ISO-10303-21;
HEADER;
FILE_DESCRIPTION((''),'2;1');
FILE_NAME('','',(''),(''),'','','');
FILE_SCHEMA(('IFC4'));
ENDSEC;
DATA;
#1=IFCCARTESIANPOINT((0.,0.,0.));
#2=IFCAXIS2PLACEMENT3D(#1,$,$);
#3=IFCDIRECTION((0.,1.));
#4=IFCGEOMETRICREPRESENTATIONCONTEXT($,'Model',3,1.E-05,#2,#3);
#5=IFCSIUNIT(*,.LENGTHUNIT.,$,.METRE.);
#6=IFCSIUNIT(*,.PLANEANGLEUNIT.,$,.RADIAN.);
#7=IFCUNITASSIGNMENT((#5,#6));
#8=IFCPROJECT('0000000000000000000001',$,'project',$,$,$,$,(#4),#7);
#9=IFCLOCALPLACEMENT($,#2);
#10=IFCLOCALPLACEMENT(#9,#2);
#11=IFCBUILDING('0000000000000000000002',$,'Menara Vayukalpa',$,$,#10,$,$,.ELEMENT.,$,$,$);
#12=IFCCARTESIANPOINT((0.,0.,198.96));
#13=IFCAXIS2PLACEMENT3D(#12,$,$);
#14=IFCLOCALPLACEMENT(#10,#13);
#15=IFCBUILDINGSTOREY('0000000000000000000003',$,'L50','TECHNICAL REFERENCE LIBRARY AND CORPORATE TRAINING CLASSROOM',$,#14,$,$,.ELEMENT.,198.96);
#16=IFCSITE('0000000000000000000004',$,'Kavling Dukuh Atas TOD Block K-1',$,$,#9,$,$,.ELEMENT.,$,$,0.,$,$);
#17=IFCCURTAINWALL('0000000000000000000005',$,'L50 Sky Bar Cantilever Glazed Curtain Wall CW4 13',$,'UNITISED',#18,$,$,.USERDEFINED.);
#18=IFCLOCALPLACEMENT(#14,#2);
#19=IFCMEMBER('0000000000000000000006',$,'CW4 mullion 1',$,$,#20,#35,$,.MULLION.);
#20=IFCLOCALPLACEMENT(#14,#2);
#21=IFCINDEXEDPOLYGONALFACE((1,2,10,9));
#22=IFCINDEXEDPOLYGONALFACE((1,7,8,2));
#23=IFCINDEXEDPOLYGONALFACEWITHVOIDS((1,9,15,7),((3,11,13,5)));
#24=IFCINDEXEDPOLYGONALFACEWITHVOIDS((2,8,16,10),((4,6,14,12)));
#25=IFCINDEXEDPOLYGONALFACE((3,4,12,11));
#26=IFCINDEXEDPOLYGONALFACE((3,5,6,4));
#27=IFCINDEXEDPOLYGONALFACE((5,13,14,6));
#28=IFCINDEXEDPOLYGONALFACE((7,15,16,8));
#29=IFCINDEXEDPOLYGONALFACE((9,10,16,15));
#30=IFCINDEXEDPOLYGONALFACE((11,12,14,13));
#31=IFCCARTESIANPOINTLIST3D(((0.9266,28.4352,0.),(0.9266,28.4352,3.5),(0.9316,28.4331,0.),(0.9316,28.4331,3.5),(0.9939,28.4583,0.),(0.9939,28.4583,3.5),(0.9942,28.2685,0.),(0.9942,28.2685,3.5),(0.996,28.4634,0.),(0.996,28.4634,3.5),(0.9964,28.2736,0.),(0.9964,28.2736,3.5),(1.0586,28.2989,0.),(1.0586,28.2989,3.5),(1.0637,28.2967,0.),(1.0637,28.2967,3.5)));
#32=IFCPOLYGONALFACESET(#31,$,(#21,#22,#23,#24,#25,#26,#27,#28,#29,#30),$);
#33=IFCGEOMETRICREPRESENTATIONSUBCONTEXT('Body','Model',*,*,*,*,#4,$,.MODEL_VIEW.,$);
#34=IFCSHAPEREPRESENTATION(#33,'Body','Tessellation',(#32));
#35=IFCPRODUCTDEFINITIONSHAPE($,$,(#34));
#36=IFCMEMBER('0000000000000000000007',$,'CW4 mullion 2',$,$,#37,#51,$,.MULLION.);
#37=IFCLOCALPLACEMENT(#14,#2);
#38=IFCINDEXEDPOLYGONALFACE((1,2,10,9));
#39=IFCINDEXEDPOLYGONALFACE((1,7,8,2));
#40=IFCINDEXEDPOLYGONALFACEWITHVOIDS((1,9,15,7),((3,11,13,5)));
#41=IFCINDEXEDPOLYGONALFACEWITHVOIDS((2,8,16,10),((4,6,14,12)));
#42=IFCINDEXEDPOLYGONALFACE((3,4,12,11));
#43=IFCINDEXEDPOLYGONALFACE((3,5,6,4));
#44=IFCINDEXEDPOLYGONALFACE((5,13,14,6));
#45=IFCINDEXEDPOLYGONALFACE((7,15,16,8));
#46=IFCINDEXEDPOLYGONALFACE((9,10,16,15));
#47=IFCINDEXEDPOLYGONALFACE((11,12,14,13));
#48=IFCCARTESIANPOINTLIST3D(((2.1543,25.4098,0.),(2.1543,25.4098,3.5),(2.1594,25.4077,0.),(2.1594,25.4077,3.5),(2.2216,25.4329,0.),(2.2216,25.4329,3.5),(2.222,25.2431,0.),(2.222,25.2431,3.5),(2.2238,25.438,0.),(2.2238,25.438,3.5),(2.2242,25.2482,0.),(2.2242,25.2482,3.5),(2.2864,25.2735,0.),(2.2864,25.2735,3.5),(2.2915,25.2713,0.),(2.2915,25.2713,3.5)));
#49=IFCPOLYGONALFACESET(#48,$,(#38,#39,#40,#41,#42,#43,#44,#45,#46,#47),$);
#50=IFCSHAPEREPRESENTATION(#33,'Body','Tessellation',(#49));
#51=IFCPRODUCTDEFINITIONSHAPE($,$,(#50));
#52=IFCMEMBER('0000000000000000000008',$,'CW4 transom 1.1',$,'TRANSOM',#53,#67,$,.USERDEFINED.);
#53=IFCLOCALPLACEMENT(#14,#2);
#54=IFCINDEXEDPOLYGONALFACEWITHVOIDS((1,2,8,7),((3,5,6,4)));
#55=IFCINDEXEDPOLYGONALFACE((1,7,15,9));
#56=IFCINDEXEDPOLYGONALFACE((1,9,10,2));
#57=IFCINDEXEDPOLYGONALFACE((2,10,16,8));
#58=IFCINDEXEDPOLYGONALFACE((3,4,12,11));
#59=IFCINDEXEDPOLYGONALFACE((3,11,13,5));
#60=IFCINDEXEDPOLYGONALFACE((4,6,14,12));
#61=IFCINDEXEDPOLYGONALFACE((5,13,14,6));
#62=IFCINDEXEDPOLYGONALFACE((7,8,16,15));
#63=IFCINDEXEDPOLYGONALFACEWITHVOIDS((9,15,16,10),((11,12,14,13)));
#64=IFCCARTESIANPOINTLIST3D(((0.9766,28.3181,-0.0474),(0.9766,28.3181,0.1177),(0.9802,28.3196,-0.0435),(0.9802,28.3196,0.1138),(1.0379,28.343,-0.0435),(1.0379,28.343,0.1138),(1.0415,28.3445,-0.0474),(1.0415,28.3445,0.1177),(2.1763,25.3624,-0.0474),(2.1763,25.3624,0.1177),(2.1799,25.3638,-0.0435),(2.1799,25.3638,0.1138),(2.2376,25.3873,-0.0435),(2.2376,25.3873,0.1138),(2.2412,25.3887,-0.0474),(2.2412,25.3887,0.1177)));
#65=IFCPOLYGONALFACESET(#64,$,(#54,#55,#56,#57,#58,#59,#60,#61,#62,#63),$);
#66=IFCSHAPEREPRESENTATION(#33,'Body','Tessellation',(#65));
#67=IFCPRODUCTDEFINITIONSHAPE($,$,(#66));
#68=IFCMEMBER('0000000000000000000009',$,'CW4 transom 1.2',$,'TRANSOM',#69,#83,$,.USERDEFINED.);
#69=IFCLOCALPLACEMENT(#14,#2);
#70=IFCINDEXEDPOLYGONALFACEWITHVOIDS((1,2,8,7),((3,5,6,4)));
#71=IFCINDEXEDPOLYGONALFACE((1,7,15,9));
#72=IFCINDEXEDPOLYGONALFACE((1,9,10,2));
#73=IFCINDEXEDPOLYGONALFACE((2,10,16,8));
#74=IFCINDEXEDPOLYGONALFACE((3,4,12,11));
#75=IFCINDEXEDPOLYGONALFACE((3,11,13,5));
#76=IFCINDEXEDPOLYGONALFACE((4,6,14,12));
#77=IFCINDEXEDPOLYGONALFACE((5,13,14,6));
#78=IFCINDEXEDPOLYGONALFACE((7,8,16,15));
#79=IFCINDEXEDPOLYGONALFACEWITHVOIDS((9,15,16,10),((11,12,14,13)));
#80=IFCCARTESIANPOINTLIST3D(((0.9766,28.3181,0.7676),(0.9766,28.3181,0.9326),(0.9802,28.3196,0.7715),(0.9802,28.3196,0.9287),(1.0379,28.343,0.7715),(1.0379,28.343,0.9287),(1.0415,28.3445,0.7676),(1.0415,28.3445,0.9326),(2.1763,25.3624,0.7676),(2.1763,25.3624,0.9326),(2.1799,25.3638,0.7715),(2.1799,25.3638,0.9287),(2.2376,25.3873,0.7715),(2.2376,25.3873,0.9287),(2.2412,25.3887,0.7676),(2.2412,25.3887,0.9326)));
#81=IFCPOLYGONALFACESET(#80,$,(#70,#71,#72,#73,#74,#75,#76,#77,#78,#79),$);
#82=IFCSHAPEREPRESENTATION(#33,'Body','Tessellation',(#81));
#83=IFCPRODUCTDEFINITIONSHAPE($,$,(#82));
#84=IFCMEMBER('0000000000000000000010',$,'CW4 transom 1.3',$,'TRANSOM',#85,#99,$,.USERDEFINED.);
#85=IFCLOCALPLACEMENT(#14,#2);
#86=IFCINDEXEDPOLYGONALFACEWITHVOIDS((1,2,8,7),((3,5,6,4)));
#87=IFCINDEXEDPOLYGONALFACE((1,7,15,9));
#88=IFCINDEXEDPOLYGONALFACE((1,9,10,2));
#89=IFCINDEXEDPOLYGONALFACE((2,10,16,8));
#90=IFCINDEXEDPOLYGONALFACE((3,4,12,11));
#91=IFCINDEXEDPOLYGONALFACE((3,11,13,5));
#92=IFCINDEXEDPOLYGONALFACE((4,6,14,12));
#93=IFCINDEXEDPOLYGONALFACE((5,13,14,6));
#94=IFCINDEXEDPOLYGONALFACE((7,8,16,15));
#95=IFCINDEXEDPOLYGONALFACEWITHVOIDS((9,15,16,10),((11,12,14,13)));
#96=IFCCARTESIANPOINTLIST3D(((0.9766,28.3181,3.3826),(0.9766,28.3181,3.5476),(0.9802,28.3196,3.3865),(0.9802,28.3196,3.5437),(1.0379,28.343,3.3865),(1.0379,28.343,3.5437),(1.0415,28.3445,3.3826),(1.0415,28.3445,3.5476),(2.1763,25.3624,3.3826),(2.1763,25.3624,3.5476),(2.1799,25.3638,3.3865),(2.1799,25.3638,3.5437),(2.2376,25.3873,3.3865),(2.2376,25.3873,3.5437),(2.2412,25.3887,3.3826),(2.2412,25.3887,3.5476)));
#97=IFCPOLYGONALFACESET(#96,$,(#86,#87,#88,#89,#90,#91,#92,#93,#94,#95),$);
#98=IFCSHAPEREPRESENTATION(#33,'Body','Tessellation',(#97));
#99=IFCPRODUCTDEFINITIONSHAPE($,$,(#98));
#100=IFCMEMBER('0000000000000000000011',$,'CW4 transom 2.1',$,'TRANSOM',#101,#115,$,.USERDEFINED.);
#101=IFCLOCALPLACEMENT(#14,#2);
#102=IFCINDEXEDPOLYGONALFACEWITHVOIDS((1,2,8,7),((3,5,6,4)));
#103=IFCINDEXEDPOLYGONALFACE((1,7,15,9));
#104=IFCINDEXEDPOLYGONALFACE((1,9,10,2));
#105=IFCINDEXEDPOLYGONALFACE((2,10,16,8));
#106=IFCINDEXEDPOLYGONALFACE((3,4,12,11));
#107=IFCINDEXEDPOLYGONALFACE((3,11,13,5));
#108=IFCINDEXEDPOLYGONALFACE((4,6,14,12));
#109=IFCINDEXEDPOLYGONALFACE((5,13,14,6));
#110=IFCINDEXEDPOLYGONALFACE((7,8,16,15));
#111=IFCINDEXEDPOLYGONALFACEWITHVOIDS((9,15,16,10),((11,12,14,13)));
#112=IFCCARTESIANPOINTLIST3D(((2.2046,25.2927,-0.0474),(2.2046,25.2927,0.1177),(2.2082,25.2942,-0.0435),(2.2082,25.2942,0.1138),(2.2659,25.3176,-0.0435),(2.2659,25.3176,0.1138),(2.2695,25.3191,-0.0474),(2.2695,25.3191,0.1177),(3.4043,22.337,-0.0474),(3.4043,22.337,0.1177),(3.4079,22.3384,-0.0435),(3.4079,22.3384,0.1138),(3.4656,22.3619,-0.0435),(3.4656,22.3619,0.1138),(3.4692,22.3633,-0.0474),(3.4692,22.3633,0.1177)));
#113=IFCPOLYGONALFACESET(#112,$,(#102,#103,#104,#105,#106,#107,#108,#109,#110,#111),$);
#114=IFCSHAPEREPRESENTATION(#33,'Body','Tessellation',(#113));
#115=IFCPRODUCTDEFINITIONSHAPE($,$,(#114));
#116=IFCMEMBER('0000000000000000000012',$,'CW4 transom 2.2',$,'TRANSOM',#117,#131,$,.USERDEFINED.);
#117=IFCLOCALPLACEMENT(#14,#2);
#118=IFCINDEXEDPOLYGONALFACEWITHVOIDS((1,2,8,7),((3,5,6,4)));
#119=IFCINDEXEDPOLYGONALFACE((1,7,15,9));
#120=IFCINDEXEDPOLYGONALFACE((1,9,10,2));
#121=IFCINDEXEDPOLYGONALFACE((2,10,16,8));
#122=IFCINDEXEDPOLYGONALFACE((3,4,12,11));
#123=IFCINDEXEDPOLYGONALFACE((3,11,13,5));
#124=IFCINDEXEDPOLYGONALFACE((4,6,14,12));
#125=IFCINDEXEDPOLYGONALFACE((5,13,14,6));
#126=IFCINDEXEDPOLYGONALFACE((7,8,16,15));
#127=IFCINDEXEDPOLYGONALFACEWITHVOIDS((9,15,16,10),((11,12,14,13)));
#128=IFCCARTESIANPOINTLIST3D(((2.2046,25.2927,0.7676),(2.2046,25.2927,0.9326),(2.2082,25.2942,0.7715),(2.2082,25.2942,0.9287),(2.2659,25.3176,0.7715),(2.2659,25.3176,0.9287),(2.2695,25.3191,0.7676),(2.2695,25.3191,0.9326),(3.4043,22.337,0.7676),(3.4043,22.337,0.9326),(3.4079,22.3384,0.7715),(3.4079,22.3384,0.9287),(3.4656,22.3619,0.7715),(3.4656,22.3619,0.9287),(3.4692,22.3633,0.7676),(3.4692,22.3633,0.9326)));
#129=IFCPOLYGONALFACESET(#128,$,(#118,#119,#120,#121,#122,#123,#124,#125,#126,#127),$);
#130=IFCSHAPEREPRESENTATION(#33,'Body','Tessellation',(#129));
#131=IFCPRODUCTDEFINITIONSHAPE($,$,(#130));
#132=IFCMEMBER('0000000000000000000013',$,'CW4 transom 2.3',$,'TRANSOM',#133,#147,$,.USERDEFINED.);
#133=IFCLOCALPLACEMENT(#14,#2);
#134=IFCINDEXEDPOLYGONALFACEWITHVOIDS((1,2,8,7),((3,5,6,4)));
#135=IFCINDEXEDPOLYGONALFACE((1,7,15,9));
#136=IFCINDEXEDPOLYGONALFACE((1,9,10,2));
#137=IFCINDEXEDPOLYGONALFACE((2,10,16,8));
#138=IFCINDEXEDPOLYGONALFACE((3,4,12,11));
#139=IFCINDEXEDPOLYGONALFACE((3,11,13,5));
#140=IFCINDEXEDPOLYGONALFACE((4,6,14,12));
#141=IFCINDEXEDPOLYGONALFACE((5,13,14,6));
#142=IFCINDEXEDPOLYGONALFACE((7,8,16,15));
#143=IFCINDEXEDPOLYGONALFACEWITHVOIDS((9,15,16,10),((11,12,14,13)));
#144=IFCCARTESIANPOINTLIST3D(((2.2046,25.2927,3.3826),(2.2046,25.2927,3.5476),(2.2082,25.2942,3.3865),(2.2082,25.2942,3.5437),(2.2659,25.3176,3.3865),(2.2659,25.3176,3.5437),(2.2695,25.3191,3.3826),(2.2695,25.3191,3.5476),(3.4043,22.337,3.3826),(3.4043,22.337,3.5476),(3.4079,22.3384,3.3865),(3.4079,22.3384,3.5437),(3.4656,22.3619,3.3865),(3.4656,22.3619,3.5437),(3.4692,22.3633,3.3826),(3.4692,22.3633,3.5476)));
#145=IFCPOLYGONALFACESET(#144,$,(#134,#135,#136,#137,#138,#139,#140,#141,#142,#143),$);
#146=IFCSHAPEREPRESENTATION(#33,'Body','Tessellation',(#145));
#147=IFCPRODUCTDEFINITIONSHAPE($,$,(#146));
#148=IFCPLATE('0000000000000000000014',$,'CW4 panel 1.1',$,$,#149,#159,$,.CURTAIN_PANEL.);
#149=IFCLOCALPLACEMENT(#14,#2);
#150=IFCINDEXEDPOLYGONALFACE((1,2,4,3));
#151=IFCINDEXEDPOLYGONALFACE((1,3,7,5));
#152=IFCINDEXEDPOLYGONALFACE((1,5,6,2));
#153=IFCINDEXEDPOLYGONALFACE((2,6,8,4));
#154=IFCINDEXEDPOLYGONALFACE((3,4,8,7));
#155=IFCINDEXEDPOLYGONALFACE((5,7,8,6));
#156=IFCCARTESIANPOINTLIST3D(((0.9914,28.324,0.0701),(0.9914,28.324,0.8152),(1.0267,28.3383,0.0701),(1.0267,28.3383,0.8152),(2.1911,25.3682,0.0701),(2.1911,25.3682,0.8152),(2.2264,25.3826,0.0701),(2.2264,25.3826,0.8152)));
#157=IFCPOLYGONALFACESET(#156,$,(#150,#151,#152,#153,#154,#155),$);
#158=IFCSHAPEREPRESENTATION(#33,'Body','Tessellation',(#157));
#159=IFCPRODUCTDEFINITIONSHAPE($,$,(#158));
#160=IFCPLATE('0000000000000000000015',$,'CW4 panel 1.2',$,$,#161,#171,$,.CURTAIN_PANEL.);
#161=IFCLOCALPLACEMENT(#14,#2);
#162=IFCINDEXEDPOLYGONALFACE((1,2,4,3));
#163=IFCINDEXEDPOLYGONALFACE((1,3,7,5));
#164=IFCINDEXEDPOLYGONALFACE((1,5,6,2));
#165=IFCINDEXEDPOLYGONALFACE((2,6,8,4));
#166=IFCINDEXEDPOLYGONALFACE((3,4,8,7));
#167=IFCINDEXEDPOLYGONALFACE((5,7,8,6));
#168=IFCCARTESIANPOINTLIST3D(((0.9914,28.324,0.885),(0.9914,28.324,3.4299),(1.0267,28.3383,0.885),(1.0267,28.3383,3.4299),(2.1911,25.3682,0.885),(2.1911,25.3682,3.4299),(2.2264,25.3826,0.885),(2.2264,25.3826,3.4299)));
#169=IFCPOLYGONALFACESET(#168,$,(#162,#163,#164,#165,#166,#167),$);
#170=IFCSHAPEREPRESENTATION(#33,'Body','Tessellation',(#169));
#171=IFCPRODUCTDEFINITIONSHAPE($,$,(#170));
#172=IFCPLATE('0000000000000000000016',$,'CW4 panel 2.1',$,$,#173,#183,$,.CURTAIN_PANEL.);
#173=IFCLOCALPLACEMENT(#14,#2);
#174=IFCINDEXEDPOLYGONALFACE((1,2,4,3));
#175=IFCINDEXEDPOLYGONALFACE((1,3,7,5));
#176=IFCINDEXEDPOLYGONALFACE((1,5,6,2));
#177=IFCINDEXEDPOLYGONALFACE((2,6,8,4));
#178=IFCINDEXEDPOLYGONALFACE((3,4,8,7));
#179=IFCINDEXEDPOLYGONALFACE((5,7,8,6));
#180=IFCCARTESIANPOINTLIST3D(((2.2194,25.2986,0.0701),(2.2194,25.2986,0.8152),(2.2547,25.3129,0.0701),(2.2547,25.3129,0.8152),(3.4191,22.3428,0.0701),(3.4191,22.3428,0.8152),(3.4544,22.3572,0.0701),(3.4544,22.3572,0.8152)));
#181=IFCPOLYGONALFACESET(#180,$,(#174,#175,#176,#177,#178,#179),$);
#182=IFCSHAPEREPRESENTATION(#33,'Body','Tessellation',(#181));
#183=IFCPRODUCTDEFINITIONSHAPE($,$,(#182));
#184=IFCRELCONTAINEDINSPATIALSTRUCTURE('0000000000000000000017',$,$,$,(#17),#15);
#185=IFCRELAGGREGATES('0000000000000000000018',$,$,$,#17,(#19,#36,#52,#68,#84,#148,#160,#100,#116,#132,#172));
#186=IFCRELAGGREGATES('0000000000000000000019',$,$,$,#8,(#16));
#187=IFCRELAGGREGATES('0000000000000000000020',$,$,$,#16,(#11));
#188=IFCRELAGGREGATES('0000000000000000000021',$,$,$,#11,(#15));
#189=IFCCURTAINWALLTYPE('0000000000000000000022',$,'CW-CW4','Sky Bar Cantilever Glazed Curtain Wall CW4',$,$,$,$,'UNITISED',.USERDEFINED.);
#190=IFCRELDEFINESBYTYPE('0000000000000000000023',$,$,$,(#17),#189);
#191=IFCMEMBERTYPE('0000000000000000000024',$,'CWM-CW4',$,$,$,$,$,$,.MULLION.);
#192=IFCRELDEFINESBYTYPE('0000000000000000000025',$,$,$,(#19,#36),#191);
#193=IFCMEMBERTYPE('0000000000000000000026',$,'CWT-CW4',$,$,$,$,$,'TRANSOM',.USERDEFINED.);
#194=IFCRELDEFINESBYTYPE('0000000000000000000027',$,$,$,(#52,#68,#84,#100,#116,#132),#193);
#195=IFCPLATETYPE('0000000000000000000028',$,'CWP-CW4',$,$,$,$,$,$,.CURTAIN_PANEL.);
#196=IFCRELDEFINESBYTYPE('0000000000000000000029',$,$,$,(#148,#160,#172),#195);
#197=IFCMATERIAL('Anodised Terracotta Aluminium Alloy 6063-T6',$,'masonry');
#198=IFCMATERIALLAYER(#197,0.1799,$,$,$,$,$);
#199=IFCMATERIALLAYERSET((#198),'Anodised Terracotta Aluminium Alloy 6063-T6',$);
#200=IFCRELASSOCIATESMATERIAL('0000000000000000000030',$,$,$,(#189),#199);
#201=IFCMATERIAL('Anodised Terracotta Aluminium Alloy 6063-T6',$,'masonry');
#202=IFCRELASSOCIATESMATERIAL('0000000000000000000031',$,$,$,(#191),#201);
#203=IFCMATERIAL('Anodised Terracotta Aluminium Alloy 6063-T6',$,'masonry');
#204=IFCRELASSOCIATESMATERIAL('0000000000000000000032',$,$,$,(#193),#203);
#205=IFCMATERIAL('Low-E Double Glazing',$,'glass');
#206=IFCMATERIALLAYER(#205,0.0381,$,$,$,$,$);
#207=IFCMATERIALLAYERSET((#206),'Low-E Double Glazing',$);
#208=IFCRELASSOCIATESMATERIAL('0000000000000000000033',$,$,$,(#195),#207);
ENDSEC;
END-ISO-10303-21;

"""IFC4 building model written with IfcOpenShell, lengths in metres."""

from ifc_helpers import new_model, si_unit, direction, frame, origin, origin_2d, place, context, subcontext, project, spatial, rectangle, hollow_rectangle, extrude, material, layer, layer_set, material_profile, profile_set, type_object, element, aggregate, save


model = new_model("IFC4")

# Units and contexts
model_context = context("Model", 3, precision=1e-05, world=origin(), true_north=direction((0.0, 1.0)))
body_context = subcontext(model_context, "Body", "Model", "MODEL_VIEW")
ifc_project = project(units=[si_unit("LENGTHUNIT", "METRE"), si_unit("PLANEANGLEUNIT", "RADIAN")], contexts=[model_context])

# Site, building, storey
site_placement = place(None, origin())
site = spatial("IfcSite", under=ifc_project, at=site_placement, Name="Kavling Dukuh Atas TOD Block K-1", CompositionType="ELEMENT", RefElevation=0.0)
building_placement = place(site_placement, origin())
building = spatial("IfcBuilding", under=site, at=building_placement, Name="Menara Vayukalpa", CompositionType="ELEMENT")
storey_placement = place(building_placement, frame((0.0, 0.0, 198.96)))
storey = spatial("IfcBuildingStorey", under=building, at=storey_placement, Name="L50", Description="TECHNICAL REFERENCE LIBRARY AND CORPORATE TRAINING CLASSROOM", CompositionType="ELEMENT", Elevation=198.96)

# Curtain wall, members, plates
ifc_material_1 = material(Name="Anodised Terracotta Aluminium Alloy 6063-T6", Category="masonry")
ifc_layer_1 = layer(ifc_material_1, 0.1799)
ifc_layer_set_1 = layer_set([ifc_layer_1], Name="Anodised Terracotta Aluminium Alloy 6063-T6")
curtain_wall_type = type_object("IfcCurtainWallType", Name="CW-CW4", Description="Sky Bar Cantilever Glazed Curtain Wall CW4", ElementType="UNITISED", PredefinedType="USERDEFINED", material=ifc_layer_set_1)
curtain_wall_placement = place(storey_placement, origin())
curtain_wall = element("IfcCurtainWall", 1, at=curtain_wall_placement, inside=storey, type_object=curtain_wall_type, Name="L50 Sky Bar Cantilever Glazed Curtain Wall CW4 13", ObjectType="UNITISED", PredefinedType="USERDEFINED")
ifc_material_2 = material(Name="Anodised Terracotta Aluminium Alloy 6063-T6", Category="masonry")
ifc_material_profile_1 = material_profile(ifc_material_2, hollow_rectangle(XDim=0.075, YDim=0.1799, WallThickness=0.0039, at=origin_2d()), Name="ALU 75x180x4")
ifc_profile_set_1 = profile_set([ifc_material_profile_1], Name="Anodised Terracotta Aluminium Alloy 6063-T6")
member_type_1 = type_object("IfcMemberType", Name="CWM-CW4", PredefinedType="MULLION", material=ifc_profile_set_1)
member_1_placement = place(storey_placement, frame((0.9951, 28.366, 0.0), z_axis=(0.0, 0.0, 1.0), x_axis=(0.926582, 0.376092, 0.0)))
member_1 = element("IfcMember", 2, at=member_1_placement, type_object=member_type_1, Name="CW4 mullion 1", PredefinedType="MULLION", context=body_context, shape_type="SweptSolid", body=[
    extrude(hollow_rectangle(XDim=0.075, YDim=0.1799, WallThickness=0.0039, at=origin_2d()), origin(), (0.0, 0.0, 1.0), 3.5),
])
member_2_placement = place(storey_placement, frame((2.2229, 25.3406, 0.0), z_axis=(0.0, 0.0, 1.0), x_axis=(0.926582, 0.376092, 0.0)))
member_2 = element("IfcMember", 3, at=member_2_placement, type_object=member_type_1, Name="CW4 mullion 2", PredefinedType="MULLION", context=body_context, shape_type="SweptSolid", body=[
    extrude(hollow_rectangle(XDim=0.075, YDim=0.1799, WallThickness=0.0039, at=origin_2d()), origin(), (0.0, 0.0, 1.0), 3.5),
])
ifc_material_3 = material(Name="Anodised Terracotta Aluminium Alloy 6063-T6", Category="masonry")
ifc_material_profile_2 = material_profile(ifc_material_3, hollow_rectangle(XDim=0.0701, YDim=0.165, WallThickness=0.0039, at=origin_2d()), Name="ALU 70x165x4")
ifc_profile_set_2 = profile_set([ifc_material_profile_2], Name="Anodised Terracotta Aluminium Alloy 6063-T6")
member_type_2 = type_object("IfcMemberType", Name="CWT-CW4", ElementType="TRANSOM", PredefinedType="USERDEFINED", material=ifc_profile_set_2)
member_3_placement = place(storey_placement, frame((1.009, 28.3313, 0.0352), z_axis=(0.376083, -0.926586, 0.0), x_axis=(0.926586, 0.376083, 0.0)))
member_3 = element("IfcMember", 4, at=member_3_placement, type_object=member_type_2, Name="CW4 transom 1.1", ObjectType="TRANSOM", PredefinedType="USERDEFINED", context=body_context, shape_type="SweptSolid", body=[
    extrude(hollow_rectangle(XDim=0.0701, YDim=0.165, WallThickness=0.0039, at=origin_2d()), origin(), (0.0, 0.0, 1.0), 3.1899),
])
member_4_placement = place(storey_placement, frame((1.009, 28.3313, 0.8501), z_axis=(0.376083, -0.926586, 0.0), x_axis=(0.926586, 0.376083, 0.0)))
member_4 = element("IfcMember", 5, at=member_4_placement, type_object=member_type_2, Name="CW4 transom 1.2", ObjectType="TRANSOM", PredefinedType="USERDEFINED", context=body_context, shape_type="SweptSolid", body=[
    extrude(hollow_rectangle(XDim=0.0701, YDim=0.165, WallThickness=0.0039, at=origin_2d()), origin(), (0.0, 0.0, 1.0), 3.1899),
])
member_5_placement = place(storey_placement, frame((1.009, 28.3313, 3.4651), z_axis=(0.376083, -0.926586, 0.0), x_axis=(0.926586, 0.376083, 0.0)))
member_5 = element("IfcMember", 6, at=member_5_placement, type_object=member_type_2, Name="CW4 transom 1.3", ObjectType="TRANSOM", PredefinedType="USERDEFINED", context=body_context, shape_type="SweptSolid", body=[
    extrude(hollow_rectangle(XDim=0.0701, YDim=0.165, WallThickness=0.0039, at=origin_2d()), origin(), (0.0, 0.0, 1.0), 3.1899),
])
member_6_placement = place(storey_placement, frame((2.2371, 25.3059, 0.0352), z_axis=(0.376083, -0.926586, 0.0), x_axis=(0.926586, 0.376083, 0.0)))
member_6 = element("IfcMember", 7, at=member_6_placement, type_object=member_type_2, Name="CW4 transom 2.1", ObjectType="TRANSOM", PredefinedType="USERDEFINED", context=body_context, shape_type="SweptSolid", body=[
    extrude(hollow_rectangle(XDim=0.0701, YDim=0.165, WallThickness=0.0039, at=origin_2d()), origin(), (0.0, 0.0, 1.0), 3.1899),
])
member_7_placement = place(storey_placement, frame((2.2371, 25.3059, 0.8501), z_axis=(0.376083, -0.926586, 0.0), x_axis=(0.926586, 0.376083, 0.0)))
member_7 = element("IfcMember", 8, at=member_7_placement, type_object=member_type_2, Name="CW4 transom 2.2", ObjectType="TRANSOM", PredefinedType="USERDEFINED", context=body_context, shape_type="SweptSolid", body=[
    extrude(hollow_rectangle(XDim=0.0701, YDim=0.165, WallThickness=0.0039, at=origin_2d()), origin(), (0.0, 0.0, 1.0), 3.1899),
])
member_8_placement = place(storey_placement, frame((2.2371, 25.3059, 3.4651), z_axis=(0.376083, -0.926586, 0.0), x_axis=(0.926586, 0.376083, 0.0)))
member_8 = element("IfcMember", 9, at=member_8_placement, type_object=member_type_2, Name="CW4 transom 2.3", ObjectType="TRANSOM", PredefinedType="USERDEFINED", context=body_context, shape_type="SweptSolid", body=[
    extrude(hollow_rectangle(XDim=0.0701, YDim=0.165, WallThickness=0.0039, at=origin_2d()), origin(), (0.0, 0.0, 1.0), 3.1899),
])
ifc_material_4 = material(Name="Low-E Double Glazing", Category="glass")
ifc_layer_2 = layer(ifc_material_4, 0.0381)
ifc_layer_set_2 = layer_set([ifc_layer_2], Name="Low-E Double Glazing")
plate_type_1 = type_object("IfcPlateType", Name="CWP-CW4", PredefinedType="CURTAIN_PANEL", material=ifc_layer_set_2)
plate_1_placement = place(storey_placement, frame((1.6089, 26.8533, 0.0701), z_axis=(0.0, 0.0, 1.0), x_axis=(0.376092, -0.926582, 0.0)))
plate_1 = element("IfcPlate", 10, at=plate_1_placement, type_object=plate_type_1, Name="CW4 panel 1.1", PredefinedType="CURTAIN_PANEL", context=body_context, shape_type="SweptSolid", body=[
    extrude(rectangle(XDim=3.1899, YDim=0.0381, at=origin_2d()), origin(), (0.0, 0.0, 1.0), 0.7451),
])
plate_2_placement = place(storey_placement, frame((1.6089, 26.8533, 0.885), z_axis=(0.0, 0.0, 1.0), x_axis=(0.376092, -0.926582, 0.0)))
plate_2 = element("IfcPlate", 11, at=plate_2_placement, type_object=plate_type_1, Name="CW4 panel 1.2", PredefinedType="CURTAIN_PANEL", context=body_context, shape_type="SweptSolid", body=[
    extrude(rectangle(XDim=3.1899, YDim=0.0381, at=origin_2d()), origin(), (0.0, 0.0, 1.0), 2.5449),
])
plate_3_placement = place(storey_placement, frame((2.8369, 23.8279, 0.0701), z_axis=(0.0, 0.0, 1.0), x_axis=(0.376092, -0.926582, 0.0)))
plate_3 = element("IfcPlate", 12, at=plate_3_placement, type_object=plate_type_1, Name="CW4 panel 2.1", PredefinedType="CURTAIN_PANEL", context=body_context, shape_type="SweptSolid", body=[
    extrude(rectangle(XDim=3.1899, YDim=0.0381, at=origin_2d()), origin(), (0.0, 0.0, 1.0), 0.7451),
])
aggregate(curtain_wall, [member_1, member_2, member_3, member_4, member_5, plate_1, plate_2, member_6, member_7, member_8, plate_3])

save(model, "model.ifc")
